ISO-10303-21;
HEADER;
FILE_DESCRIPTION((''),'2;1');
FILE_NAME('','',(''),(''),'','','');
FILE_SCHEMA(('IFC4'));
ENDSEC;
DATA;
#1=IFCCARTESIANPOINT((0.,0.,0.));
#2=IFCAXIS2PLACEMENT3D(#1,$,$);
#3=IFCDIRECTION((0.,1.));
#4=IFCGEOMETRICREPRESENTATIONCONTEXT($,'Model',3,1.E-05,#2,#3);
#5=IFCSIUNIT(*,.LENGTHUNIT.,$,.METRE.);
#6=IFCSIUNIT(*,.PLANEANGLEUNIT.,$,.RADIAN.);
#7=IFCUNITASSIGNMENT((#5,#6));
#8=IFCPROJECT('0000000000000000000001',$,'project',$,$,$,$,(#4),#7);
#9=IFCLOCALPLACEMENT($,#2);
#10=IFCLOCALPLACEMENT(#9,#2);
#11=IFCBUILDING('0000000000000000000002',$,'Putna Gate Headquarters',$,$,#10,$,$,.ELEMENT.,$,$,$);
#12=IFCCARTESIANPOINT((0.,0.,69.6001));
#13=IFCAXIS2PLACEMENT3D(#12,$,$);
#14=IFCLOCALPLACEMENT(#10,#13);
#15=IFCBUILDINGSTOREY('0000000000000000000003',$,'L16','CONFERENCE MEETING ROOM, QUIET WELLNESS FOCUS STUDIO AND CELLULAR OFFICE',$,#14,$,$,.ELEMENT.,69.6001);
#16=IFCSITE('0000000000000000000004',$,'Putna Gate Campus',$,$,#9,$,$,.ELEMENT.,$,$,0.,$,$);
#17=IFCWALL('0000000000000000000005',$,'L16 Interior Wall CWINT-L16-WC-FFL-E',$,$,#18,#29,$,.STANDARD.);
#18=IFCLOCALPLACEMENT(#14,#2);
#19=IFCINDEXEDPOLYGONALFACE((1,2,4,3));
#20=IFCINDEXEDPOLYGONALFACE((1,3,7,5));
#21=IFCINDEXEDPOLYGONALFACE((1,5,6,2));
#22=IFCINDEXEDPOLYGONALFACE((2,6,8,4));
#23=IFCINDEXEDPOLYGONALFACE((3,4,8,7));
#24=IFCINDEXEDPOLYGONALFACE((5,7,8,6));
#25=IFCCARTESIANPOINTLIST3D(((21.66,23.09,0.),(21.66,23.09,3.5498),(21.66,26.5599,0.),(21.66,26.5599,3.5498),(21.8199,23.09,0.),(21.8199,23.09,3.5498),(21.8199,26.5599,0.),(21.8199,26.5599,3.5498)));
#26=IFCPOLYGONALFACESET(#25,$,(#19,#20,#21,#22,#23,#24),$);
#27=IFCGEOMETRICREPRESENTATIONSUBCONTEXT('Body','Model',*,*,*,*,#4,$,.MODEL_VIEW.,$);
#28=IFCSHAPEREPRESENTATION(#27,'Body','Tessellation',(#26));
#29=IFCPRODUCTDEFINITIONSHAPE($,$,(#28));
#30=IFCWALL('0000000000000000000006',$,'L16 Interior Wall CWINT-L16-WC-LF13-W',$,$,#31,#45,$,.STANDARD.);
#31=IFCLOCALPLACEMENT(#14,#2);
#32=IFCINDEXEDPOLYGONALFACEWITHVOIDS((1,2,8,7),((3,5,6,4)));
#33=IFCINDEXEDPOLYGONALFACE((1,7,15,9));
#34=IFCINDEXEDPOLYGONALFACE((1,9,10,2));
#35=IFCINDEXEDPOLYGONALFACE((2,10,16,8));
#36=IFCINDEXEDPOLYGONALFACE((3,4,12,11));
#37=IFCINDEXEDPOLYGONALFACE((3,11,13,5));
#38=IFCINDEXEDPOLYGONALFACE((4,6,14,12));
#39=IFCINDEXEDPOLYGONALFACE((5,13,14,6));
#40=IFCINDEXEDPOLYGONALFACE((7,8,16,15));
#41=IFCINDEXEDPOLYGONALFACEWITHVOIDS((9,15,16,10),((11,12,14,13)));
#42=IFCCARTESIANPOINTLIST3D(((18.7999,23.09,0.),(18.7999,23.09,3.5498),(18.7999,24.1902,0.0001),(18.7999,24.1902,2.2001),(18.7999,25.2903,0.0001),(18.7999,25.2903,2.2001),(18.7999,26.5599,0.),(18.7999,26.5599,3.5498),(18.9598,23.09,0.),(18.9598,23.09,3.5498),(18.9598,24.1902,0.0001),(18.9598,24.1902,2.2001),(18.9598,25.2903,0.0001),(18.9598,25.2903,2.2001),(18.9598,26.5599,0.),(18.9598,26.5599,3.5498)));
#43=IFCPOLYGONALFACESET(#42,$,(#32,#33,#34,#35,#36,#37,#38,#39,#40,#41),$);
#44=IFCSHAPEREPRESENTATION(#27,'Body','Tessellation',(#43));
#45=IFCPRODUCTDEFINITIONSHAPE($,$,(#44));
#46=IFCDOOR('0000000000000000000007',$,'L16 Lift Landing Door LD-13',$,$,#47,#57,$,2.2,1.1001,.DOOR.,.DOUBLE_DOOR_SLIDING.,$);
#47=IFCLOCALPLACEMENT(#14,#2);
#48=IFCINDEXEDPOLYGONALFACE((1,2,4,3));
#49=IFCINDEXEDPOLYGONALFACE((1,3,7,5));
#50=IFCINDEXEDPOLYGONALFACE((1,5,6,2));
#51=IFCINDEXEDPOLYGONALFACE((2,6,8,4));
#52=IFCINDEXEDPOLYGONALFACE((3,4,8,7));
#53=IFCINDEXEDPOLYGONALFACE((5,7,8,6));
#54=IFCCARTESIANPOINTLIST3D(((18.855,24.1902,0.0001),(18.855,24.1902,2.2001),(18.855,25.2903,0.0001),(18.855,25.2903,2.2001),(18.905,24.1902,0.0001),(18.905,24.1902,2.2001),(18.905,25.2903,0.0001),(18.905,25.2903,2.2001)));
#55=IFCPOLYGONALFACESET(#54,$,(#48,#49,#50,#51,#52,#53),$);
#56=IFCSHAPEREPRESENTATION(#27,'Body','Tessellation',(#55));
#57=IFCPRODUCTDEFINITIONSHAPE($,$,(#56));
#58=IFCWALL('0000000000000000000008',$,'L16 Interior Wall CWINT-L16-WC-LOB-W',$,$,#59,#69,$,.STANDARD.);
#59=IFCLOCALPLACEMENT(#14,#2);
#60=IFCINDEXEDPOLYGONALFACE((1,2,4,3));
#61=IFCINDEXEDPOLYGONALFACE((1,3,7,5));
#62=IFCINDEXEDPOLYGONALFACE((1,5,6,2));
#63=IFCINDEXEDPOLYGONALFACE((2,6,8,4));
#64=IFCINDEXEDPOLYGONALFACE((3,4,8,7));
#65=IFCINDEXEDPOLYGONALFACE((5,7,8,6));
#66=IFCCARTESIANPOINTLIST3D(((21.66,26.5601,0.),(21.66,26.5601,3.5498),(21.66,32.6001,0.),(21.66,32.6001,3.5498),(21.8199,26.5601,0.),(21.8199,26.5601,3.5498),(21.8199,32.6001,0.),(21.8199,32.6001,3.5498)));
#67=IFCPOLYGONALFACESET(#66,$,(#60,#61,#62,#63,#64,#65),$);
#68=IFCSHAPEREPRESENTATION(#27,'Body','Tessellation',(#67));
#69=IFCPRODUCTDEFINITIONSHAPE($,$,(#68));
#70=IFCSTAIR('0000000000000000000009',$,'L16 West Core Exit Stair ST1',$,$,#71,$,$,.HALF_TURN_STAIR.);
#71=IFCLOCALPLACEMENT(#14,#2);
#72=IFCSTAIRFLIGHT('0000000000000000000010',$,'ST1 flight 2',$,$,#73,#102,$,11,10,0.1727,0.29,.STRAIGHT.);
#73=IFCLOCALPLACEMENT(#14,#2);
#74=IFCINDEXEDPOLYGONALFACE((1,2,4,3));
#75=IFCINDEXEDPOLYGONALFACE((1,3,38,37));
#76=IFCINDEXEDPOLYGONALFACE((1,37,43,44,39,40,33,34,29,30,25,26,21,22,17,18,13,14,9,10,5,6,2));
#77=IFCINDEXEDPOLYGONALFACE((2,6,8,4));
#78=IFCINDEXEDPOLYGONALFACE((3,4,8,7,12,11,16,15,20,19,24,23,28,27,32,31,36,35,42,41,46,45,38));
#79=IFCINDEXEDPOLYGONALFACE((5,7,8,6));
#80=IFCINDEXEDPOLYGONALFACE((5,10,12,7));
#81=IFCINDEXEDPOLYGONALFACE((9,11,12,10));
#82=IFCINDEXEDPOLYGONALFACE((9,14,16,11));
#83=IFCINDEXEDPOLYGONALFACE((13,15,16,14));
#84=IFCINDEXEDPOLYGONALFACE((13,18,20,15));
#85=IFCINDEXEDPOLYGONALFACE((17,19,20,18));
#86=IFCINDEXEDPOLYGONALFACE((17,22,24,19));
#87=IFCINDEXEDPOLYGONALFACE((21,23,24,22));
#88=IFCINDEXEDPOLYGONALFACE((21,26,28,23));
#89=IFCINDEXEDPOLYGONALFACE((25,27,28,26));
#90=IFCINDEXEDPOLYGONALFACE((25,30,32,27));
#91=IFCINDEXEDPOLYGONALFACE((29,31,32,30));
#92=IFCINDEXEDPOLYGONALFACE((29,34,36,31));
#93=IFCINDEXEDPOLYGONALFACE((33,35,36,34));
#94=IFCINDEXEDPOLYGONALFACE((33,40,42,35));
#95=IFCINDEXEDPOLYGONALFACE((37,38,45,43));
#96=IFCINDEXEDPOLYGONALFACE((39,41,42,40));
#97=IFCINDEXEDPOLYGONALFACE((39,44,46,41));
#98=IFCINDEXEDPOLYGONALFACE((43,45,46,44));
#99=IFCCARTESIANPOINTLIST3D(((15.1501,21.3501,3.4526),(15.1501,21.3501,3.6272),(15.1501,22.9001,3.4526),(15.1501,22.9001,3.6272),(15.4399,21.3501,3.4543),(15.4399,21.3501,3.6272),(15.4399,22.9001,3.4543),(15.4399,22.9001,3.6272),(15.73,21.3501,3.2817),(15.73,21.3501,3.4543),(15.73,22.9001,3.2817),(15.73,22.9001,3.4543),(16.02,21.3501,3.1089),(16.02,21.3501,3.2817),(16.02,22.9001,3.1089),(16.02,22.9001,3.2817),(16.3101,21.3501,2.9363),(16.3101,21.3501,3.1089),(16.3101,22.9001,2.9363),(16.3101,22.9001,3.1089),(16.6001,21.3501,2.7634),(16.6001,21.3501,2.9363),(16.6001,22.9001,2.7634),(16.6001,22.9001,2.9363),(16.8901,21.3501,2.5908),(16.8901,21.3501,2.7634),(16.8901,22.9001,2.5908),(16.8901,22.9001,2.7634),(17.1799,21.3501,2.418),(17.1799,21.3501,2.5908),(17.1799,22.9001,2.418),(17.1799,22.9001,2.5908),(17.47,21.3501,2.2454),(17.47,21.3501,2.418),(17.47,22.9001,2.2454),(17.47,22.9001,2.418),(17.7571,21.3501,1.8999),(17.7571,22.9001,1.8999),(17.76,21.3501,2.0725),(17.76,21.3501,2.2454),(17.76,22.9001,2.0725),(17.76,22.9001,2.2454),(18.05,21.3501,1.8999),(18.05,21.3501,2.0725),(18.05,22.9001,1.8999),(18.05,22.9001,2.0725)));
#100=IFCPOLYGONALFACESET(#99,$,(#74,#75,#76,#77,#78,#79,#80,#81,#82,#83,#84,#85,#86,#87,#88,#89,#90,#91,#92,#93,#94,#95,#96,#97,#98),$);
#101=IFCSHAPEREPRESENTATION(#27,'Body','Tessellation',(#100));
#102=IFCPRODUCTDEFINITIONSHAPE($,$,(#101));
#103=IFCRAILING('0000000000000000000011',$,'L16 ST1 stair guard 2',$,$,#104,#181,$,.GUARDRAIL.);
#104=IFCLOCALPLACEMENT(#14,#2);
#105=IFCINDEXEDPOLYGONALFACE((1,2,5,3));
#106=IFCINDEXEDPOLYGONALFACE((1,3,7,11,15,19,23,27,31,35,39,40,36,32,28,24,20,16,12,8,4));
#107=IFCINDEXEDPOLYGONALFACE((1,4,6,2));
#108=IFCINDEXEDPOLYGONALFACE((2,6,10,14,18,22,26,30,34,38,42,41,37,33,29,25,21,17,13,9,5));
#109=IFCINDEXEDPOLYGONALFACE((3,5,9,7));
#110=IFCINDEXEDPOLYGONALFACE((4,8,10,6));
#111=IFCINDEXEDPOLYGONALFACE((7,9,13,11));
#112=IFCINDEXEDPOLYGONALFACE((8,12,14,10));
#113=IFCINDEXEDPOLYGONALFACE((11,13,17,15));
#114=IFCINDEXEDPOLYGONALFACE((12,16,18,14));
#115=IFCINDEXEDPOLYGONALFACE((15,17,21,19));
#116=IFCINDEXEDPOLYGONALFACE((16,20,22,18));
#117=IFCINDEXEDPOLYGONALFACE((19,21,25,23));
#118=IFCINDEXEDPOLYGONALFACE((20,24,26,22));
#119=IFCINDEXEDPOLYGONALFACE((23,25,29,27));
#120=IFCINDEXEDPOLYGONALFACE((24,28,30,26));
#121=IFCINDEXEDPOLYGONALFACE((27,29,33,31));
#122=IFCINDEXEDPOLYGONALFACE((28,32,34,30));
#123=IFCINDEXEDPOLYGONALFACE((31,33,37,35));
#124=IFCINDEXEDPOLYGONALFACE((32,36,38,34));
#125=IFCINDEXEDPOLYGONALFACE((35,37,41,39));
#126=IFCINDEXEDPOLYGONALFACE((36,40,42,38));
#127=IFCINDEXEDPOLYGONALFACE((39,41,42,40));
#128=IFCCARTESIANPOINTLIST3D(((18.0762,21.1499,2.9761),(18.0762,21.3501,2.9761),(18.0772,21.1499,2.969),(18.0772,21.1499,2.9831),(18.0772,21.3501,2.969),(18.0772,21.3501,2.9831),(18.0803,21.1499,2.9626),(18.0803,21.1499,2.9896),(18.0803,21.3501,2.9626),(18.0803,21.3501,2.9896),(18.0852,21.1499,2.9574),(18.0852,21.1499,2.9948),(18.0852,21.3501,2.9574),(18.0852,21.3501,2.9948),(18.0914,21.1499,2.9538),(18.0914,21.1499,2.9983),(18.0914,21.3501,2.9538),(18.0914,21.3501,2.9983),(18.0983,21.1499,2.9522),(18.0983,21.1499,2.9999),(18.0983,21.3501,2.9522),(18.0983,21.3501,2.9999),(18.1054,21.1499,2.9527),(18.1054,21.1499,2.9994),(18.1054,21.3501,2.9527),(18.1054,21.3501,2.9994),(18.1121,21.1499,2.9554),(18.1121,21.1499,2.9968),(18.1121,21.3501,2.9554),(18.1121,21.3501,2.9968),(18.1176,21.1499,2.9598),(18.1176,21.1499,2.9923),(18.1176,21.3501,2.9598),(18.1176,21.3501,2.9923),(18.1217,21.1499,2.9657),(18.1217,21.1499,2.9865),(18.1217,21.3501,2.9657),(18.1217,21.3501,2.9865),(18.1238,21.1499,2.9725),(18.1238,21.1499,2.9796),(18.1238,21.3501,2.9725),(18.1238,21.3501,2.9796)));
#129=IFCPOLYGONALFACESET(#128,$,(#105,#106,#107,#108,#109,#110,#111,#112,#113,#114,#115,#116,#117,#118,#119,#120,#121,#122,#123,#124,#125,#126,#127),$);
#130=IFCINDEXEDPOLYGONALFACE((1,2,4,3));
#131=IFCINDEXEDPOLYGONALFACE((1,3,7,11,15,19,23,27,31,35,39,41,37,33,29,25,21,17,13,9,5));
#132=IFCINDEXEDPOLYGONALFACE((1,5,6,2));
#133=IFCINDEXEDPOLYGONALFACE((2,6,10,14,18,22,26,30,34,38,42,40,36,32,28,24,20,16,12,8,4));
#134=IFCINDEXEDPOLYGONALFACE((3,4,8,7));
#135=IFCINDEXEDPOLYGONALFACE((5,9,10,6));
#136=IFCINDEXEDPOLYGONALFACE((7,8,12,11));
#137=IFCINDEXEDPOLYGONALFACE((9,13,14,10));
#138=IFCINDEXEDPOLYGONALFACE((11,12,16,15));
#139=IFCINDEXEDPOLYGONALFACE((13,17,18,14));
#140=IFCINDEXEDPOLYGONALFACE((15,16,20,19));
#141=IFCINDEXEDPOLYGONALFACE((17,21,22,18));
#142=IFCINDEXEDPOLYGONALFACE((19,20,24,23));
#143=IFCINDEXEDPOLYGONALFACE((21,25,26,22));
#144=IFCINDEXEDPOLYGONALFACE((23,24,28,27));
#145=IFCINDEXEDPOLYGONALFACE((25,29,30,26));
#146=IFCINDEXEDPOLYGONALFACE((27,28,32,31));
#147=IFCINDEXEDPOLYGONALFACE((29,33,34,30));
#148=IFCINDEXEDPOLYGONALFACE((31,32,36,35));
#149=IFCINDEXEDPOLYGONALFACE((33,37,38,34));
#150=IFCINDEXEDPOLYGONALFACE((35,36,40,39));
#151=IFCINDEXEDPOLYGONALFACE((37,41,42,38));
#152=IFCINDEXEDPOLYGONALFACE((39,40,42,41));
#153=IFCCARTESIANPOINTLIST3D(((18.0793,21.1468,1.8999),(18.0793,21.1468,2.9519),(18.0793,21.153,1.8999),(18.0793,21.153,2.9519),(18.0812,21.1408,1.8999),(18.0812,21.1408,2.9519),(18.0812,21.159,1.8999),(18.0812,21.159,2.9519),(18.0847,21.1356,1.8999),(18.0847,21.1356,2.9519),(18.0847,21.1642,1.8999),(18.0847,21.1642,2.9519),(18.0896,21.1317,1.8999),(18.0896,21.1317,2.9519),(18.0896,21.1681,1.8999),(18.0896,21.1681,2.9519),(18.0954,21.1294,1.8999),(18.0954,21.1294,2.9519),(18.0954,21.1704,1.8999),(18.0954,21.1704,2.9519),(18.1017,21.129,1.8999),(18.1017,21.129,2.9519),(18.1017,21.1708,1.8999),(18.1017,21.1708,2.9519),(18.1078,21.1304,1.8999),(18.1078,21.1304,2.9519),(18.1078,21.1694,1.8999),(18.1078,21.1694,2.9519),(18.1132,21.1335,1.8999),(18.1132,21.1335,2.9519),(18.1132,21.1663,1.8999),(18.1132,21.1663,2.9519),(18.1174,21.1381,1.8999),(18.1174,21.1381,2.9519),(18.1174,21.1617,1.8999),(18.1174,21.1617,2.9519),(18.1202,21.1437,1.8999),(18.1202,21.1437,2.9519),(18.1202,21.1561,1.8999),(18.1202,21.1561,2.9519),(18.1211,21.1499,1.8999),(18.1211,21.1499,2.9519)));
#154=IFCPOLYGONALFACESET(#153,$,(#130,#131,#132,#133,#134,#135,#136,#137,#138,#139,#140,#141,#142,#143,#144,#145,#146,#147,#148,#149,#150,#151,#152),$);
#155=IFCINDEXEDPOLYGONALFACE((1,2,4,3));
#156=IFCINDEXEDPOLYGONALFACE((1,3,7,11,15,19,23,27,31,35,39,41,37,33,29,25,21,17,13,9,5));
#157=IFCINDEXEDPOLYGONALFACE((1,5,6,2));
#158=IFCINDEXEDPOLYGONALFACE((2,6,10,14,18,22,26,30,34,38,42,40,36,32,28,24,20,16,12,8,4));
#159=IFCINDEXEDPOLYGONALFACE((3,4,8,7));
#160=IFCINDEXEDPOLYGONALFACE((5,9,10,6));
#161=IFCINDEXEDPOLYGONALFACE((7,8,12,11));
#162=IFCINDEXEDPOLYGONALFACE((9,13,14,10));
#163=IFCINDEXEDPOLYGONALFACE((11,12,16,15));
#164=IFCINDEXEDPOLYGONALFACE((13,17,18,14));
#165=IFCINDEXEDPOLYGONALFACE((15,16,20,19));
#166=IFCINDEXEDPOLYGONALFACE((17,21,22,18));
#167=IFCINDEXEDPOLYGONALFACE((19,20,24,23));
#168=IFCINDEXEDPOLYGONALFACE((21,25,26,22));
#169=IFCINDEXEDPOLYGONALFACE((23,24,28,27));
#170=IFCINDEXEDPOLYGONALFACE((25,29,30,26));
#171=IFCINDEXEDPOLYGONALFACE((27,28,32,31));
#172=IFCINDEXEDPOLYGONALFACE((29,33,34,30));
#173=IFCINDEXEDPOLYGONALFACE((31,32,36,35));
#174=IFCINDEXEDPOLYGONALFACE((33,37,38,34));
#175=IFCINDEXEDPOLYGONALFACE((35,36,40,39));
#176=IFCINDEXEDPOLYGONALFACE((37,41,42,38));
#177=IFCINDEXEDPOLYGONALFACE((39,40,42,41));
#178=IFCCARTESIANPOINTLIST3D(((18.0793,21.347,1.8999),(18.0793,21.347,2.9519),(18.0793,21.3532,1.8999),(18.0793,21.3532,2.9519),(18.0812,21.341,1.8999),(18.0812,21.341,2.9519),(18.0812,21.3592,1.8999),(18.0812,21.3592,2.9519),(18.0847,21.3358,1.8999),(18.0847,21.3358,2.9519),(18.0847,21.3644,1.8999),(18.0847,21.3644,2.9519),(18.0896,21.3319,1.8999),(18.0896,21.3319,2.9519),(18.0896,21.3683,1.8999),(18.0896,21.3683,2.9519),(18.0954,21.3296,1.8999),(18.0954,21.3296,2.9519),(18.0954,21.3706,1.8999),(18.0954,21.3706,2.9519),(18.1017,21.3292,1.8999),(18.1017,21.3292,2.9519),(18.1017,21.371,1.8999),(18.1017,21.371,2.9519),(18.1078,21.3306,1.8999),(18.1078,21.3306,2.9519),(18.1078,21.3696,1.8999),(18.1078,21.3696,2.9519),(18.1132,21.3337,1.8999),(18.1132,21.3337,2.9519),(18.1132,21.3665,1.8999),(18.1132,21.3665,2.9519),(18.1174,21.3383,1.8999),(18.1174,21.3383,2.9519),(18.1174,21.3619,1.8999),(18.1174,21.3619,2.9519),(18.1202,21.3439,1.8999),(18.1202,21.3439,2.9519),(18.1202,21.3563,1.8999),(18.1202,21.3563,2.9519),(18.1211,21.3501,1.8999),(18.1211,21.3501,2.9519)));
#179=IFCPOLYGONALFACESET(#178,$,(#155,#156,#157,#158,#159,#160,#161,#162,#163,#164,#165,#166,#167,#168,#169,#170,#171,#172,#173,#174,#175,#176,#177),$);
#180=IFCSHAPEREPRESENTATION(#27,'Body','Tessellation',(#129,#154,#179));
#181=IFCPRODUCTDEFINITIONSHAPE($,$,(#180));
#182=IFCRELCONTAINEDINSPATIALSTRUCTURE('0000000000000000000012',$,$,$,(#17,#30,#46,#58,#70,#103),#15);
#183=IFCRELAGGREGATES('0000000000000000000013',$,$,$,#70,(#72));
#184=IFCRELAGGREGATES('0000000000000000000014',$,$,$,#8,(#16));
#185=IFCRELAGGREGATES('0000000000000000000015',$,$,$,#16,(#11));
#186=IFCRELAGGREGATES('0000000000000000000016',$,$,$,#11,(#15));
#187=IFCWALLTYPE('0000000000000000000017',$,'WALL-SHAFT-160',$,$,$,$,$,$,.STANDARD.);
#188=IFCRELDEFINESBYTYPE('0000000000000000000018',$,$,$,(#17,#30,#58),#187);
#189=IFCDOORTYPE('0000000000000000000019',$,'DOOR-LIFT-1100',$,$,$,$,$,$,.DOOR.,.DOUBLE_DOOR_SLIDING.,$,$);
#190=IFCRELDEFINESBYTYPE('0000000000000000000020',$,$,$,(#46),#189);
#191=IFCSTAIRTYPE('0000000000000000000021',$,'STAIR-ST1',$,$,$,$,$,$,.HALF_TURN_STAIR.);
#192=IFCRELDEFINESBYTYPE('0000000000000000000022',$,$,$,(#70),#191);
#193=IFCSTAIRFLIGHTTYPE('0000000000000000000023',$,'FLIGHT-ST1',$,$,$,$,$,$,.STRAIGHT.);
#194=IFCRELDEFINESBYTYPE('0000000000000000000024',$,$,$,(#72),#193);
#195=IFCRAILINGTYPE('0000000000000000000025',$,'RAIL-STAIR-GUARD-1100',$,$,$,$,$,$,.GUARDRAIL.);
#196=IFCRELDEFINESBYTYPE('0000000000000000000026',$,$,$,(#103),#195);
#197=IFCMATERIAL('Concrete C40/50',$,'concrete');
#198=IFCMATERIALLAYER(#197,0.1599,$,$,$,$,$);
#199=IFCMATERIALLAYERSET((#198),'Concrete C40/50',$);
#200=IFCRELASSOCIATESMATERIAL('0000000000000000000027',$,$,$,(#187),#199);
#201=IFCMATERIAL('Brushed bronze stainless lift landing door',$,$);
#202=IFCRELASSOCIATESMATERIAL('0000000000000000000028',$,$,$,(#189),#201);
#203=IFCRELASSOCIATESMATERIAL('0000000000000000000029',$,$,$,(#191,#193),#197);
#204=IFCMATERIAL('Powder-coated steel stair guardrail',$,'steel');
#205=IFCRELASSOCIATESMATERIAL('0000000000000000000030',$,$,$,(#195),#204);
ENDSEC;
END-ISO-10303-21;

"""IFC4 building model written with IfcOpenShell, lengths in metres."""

from ifc_helpers import new_model, si_unit, direction, frame, frame_2d, origin, origin_2d, place, context, subcontext, project, spatial, polyline, rectangle, circle, outline, extrude, material, layer, layer_set, type_object, element, fill, aggregate, save


model = new_model("IFC4")

# Units and contexts
model_context = context("Model", 3, precision=1e-05, world=origin(), true_north=direction((0.0, 1.0)))
body_context = subcontext(model_context, "Body", "Model", "MODEL_VIEW")
ifc_project = project(units=[si_unit("LENGTHUNIT", "METRE"), si_unit("PLANEANGLEUNIT", "RADIAN")], contexts=[model_context])

# Site, building, storey
site_placement = place(None, origin())
site = spatial("IfcSite", under=ifc_project, at=site_placement, Name="Putna Gate Campus", CompositionType="ELEMENT", RefElevation=0.0)
building_placement = place(site_placement, origin())
building = spatial("IfcBuilding", under=site, at=building_placement, Name="Putna Gate Headquarters", CompositionType="ELEMENT")
storey_placement = place(building_placement, frame((0.0, 0.0, 69.6001)))
storey = spatial("IfcBuildingStorey", under=building, at=storey_placement, Name="L16", Description="CONFERENCE MEETING ROOM, QUIET WELLNESS FOCUS STUDIO AND CELLULAR OFFICE", CompositionType="ELEMENT", Elevation=69.6001)

# Wall
ifc_material_1 = material(Name="Concrete C40/50", Category="concrete")
ifc_layer_1 = layer(ifc_material_1, 0.1599)
ifc_layer_set_1 = layer_set([ifc_layer_1], Name="Concrete C40/50")
wall_type_1 = type_object("IfcWallType", Name="WALL-SHAFT-160", PredefinedType="STANDARD", material=ifc_layer_set_1)
wall_1_placement = place(storey_placement, frame((21.74, 23.0901, 0.0), z_axis=(0.0, 0.0, 1.0), x_axis=(0.0, 1.0, 0.0)))
element("IfcWall", 1, at=wall_1_placement, inside=storey, type_object=wall_type_1, Name="L16 Interior Wall CWINT-L16-WC-FFL-E", PredefinedType="STANDARD", context=body_context, shape_type="SweptSolid", body=[
    extrude(rectangle(XDim=3.47, YDim=0.1599, at=frame_2d((1.7349, 0.0))), origin(), (0.0, 0.0, 1.0), 3.5498),
])

# Wall, opening, door
wall_2_placement = place(storey_placement, frame((18.8799, 23.0901, 0.0), z_axis=(0.0, 0.0, 1.0), x_axis=(0.0, 1.0, 0.0)))
wall_2 = element("IfcWall", 2, at=wall_2_placement, inside=storey, type_object=wall_type_1, Name="L16 Interior Wall CWINT-L16-WC-LF13-W", PredefinedType="STANDARD", context=body_context, shape_type="SweptSolid", body=[
    extrude(rectangle(XDim=3.47, YDim=0.1599, at=frame_2d((1.7349, 0.0))), origin(), (0.0, 0.0, 1.0), 3.5498),
])
opening_1_placement = place(wall_2_placement, frame((1.1001, 0.0, 0.0)))
opening_1 = element("IfcOpeningElement", 3, at=opening_1_placement, cuts=wall_2, PredefinedType="OPENING", context=body_context, shape_type="SweptSolid", body=[
    extrude(rectangle(XDim=1.1001, YDim=2.2, at=frame_2d((0.55, 1.1001))), frame((0.0, 0.0898, 0.0), z_axis=(0.0, -1.0, 0.0), x_axis=(1.0, 0.0, 0.0)), (0.0, 0.0, 1.0), 0.1799),
])
ifc_material_2 = material(Name="Brushed bronze stainless lift landing door")
door_type_1 = type_object("IfcDoorType", Name="DOOR-LIFT-1100", OperationType="DOUBLE_DOOR_SLIDING", PredefinedType="DOOR", material=ifc_material_2)
door_1_placement = place(opening_1_placement, origin())
door_1 = element("IfcDoor", 4, at=door_1_placement, inside=storey, type_object=door_type_1, Name="L16 Lift Landing Door LD-13", OperationType="DOUBLE_DOOR_SLIDING", OverallHeight=2.2, OverallWidth=1.1001, PredefinedType="DOOR", context=body_context, shape_type="SweptSolid", body=[
    extrude(rectangle(XDim=1.1001, YDim=2.2, at=frame_2d((0.55, 1.1001))), frame((0.0, 0.0249, 0.0), z_axis=(0.0, -1.0, 0.0), x_axis=(1.0, 0.0, 0.0)), (0.0, 0.0, 1.0), 0.05),
])
fill(opening_1, door_1)

# Wall
wall_3_placement = place(storey_placement, frame((21.74, 26.5601, 0.0), z_axis=(0.0, 0.0, 1.0), x_axis=(0.0, 1.0, 0.0)))
element("IfcWall", 5, at=wall_3_placement, inside=storey, type_object=wall_type_1, Name="L16 Interior Wall CWINT-L16-WC-LOB-W", PredefinedType="STANDARD", context=body_context, shape_type="SweptSolid", body=[
    extrude(rectangle(XDim=6.04, YDim=0.1599, at=frame_2d((3.02, 0.0))), origin(), (0.0, 0.0, 1.0), 3.5498),
])

# Stair, stair flight
stair_type = type_object("IfcStairType", Name="STAIR-ST1", PredefinedType="HALF_TURN_STAIR", material=ifc_material_1)
stair_placement = place(storey_placement, origin())
stair = element("IfcStair", 6, at=stair_placement, inside=storey, type_object=stair_type, Name="L16 West Core Exit Stair ST1", PredefinedType="HALF_TURN_STAIR")
stair_flight_type = type_object("IfcStairFlightType", Name="FLIGHT-ST1", PredefinedType="STRAIGHT", material=ifc_material_1)
stair_flight_placement = place(storey_placement, frame((18.05, 22.125, 1.8999), z_axis=(0.0, 0.0, 1.0), x_axis=(-1.0, 0.0, 0.0)))
stair_flight = element("IfcStairFlight", 7, at=stair_flight_placement, type_object=stair_flight_type, Name="ST1 flight 2", NumberOfRisers=11, NumberOfTreads=10, PredefinedType="STRAIGHT", RiserHeight=0.1727, TreadLength=0.29, context=body_context, shape_type="SweptSolid", body=[
    extrude(outline(polyline([(0.0, 0.0), (0.0, 0.1726), (0.29, 0.1726), (0.29, 0.3455), (0.5801, 0.3455), (0.5801, 0.5181), (0.8701, 0.5181), (0.8701, 0.6909), (1.1599, 0.6909), (1.1599, 0.8635), (1.45, 0.8635), (1.45, 1.0364), (1.74, 1.0364), (1.74, 1.209), (2.03, 1.209), (2.03, 1.3818), (2.3201, 1.3818), (2.3201, 1.5544), (2.6101, 1.5544), (2.6101, 1.7273), (2.8999, 1.7273), (2.8999, 1.8999), (2.8999, 1.5527), (0.293, 0.0), (0.0, 0.0)])), frame((0.0, 0.7749, 0.0), z_axis=(0.0, -1.0, 0.0), x_axis=(1.0, 0.0, 0.0)), (0.0, 0.0, 1.0), 1.55),
])
aggregate(stair, [stair_flight])

# Railing
ifc_material_3 = material(Name="Powder-coated steel stair guardrail", Category="steel")
railing_type_1 = type_object("IfcRailingType", Name="RAIL-STAIR-GUARD-1100", PredefinedType="GUARDRAIL", material=ifc_material_3)
railing_1_placement = place(storey_placement, frame((18.1001, 21.1499, 1.8999)))
element("IfcRailing", 8, at=railing_1_placement, inside=storey, type_object=railing_type_1, Name="L16 ST1 stair guard 2", PredefinedType="GUARDRAIL", context=body_context, shape_type="SweptSolid", body=[
    extrude(circle(Radius=0.0239, at=origin_2d()), frame((0.0, 0.0, 1.0762), z_axis=(0.0, 1.0, 0.0), x_axis=(-1.0, 0.0, 0.0)), (0.0, 0.0, 1.0), 0.2002),
    extrude(circle(Radius=0.021, at=origin_2d()), origin(), (0.0, 0.0, 1.0), 1.052),
    extrude(circle(Radius=0.021, at=origin_2d()), frame((0.0, 0.2002, 0.0)), (0.0, 0.0, 1.0), 1.052),
])

save(model, "model.ifc")
